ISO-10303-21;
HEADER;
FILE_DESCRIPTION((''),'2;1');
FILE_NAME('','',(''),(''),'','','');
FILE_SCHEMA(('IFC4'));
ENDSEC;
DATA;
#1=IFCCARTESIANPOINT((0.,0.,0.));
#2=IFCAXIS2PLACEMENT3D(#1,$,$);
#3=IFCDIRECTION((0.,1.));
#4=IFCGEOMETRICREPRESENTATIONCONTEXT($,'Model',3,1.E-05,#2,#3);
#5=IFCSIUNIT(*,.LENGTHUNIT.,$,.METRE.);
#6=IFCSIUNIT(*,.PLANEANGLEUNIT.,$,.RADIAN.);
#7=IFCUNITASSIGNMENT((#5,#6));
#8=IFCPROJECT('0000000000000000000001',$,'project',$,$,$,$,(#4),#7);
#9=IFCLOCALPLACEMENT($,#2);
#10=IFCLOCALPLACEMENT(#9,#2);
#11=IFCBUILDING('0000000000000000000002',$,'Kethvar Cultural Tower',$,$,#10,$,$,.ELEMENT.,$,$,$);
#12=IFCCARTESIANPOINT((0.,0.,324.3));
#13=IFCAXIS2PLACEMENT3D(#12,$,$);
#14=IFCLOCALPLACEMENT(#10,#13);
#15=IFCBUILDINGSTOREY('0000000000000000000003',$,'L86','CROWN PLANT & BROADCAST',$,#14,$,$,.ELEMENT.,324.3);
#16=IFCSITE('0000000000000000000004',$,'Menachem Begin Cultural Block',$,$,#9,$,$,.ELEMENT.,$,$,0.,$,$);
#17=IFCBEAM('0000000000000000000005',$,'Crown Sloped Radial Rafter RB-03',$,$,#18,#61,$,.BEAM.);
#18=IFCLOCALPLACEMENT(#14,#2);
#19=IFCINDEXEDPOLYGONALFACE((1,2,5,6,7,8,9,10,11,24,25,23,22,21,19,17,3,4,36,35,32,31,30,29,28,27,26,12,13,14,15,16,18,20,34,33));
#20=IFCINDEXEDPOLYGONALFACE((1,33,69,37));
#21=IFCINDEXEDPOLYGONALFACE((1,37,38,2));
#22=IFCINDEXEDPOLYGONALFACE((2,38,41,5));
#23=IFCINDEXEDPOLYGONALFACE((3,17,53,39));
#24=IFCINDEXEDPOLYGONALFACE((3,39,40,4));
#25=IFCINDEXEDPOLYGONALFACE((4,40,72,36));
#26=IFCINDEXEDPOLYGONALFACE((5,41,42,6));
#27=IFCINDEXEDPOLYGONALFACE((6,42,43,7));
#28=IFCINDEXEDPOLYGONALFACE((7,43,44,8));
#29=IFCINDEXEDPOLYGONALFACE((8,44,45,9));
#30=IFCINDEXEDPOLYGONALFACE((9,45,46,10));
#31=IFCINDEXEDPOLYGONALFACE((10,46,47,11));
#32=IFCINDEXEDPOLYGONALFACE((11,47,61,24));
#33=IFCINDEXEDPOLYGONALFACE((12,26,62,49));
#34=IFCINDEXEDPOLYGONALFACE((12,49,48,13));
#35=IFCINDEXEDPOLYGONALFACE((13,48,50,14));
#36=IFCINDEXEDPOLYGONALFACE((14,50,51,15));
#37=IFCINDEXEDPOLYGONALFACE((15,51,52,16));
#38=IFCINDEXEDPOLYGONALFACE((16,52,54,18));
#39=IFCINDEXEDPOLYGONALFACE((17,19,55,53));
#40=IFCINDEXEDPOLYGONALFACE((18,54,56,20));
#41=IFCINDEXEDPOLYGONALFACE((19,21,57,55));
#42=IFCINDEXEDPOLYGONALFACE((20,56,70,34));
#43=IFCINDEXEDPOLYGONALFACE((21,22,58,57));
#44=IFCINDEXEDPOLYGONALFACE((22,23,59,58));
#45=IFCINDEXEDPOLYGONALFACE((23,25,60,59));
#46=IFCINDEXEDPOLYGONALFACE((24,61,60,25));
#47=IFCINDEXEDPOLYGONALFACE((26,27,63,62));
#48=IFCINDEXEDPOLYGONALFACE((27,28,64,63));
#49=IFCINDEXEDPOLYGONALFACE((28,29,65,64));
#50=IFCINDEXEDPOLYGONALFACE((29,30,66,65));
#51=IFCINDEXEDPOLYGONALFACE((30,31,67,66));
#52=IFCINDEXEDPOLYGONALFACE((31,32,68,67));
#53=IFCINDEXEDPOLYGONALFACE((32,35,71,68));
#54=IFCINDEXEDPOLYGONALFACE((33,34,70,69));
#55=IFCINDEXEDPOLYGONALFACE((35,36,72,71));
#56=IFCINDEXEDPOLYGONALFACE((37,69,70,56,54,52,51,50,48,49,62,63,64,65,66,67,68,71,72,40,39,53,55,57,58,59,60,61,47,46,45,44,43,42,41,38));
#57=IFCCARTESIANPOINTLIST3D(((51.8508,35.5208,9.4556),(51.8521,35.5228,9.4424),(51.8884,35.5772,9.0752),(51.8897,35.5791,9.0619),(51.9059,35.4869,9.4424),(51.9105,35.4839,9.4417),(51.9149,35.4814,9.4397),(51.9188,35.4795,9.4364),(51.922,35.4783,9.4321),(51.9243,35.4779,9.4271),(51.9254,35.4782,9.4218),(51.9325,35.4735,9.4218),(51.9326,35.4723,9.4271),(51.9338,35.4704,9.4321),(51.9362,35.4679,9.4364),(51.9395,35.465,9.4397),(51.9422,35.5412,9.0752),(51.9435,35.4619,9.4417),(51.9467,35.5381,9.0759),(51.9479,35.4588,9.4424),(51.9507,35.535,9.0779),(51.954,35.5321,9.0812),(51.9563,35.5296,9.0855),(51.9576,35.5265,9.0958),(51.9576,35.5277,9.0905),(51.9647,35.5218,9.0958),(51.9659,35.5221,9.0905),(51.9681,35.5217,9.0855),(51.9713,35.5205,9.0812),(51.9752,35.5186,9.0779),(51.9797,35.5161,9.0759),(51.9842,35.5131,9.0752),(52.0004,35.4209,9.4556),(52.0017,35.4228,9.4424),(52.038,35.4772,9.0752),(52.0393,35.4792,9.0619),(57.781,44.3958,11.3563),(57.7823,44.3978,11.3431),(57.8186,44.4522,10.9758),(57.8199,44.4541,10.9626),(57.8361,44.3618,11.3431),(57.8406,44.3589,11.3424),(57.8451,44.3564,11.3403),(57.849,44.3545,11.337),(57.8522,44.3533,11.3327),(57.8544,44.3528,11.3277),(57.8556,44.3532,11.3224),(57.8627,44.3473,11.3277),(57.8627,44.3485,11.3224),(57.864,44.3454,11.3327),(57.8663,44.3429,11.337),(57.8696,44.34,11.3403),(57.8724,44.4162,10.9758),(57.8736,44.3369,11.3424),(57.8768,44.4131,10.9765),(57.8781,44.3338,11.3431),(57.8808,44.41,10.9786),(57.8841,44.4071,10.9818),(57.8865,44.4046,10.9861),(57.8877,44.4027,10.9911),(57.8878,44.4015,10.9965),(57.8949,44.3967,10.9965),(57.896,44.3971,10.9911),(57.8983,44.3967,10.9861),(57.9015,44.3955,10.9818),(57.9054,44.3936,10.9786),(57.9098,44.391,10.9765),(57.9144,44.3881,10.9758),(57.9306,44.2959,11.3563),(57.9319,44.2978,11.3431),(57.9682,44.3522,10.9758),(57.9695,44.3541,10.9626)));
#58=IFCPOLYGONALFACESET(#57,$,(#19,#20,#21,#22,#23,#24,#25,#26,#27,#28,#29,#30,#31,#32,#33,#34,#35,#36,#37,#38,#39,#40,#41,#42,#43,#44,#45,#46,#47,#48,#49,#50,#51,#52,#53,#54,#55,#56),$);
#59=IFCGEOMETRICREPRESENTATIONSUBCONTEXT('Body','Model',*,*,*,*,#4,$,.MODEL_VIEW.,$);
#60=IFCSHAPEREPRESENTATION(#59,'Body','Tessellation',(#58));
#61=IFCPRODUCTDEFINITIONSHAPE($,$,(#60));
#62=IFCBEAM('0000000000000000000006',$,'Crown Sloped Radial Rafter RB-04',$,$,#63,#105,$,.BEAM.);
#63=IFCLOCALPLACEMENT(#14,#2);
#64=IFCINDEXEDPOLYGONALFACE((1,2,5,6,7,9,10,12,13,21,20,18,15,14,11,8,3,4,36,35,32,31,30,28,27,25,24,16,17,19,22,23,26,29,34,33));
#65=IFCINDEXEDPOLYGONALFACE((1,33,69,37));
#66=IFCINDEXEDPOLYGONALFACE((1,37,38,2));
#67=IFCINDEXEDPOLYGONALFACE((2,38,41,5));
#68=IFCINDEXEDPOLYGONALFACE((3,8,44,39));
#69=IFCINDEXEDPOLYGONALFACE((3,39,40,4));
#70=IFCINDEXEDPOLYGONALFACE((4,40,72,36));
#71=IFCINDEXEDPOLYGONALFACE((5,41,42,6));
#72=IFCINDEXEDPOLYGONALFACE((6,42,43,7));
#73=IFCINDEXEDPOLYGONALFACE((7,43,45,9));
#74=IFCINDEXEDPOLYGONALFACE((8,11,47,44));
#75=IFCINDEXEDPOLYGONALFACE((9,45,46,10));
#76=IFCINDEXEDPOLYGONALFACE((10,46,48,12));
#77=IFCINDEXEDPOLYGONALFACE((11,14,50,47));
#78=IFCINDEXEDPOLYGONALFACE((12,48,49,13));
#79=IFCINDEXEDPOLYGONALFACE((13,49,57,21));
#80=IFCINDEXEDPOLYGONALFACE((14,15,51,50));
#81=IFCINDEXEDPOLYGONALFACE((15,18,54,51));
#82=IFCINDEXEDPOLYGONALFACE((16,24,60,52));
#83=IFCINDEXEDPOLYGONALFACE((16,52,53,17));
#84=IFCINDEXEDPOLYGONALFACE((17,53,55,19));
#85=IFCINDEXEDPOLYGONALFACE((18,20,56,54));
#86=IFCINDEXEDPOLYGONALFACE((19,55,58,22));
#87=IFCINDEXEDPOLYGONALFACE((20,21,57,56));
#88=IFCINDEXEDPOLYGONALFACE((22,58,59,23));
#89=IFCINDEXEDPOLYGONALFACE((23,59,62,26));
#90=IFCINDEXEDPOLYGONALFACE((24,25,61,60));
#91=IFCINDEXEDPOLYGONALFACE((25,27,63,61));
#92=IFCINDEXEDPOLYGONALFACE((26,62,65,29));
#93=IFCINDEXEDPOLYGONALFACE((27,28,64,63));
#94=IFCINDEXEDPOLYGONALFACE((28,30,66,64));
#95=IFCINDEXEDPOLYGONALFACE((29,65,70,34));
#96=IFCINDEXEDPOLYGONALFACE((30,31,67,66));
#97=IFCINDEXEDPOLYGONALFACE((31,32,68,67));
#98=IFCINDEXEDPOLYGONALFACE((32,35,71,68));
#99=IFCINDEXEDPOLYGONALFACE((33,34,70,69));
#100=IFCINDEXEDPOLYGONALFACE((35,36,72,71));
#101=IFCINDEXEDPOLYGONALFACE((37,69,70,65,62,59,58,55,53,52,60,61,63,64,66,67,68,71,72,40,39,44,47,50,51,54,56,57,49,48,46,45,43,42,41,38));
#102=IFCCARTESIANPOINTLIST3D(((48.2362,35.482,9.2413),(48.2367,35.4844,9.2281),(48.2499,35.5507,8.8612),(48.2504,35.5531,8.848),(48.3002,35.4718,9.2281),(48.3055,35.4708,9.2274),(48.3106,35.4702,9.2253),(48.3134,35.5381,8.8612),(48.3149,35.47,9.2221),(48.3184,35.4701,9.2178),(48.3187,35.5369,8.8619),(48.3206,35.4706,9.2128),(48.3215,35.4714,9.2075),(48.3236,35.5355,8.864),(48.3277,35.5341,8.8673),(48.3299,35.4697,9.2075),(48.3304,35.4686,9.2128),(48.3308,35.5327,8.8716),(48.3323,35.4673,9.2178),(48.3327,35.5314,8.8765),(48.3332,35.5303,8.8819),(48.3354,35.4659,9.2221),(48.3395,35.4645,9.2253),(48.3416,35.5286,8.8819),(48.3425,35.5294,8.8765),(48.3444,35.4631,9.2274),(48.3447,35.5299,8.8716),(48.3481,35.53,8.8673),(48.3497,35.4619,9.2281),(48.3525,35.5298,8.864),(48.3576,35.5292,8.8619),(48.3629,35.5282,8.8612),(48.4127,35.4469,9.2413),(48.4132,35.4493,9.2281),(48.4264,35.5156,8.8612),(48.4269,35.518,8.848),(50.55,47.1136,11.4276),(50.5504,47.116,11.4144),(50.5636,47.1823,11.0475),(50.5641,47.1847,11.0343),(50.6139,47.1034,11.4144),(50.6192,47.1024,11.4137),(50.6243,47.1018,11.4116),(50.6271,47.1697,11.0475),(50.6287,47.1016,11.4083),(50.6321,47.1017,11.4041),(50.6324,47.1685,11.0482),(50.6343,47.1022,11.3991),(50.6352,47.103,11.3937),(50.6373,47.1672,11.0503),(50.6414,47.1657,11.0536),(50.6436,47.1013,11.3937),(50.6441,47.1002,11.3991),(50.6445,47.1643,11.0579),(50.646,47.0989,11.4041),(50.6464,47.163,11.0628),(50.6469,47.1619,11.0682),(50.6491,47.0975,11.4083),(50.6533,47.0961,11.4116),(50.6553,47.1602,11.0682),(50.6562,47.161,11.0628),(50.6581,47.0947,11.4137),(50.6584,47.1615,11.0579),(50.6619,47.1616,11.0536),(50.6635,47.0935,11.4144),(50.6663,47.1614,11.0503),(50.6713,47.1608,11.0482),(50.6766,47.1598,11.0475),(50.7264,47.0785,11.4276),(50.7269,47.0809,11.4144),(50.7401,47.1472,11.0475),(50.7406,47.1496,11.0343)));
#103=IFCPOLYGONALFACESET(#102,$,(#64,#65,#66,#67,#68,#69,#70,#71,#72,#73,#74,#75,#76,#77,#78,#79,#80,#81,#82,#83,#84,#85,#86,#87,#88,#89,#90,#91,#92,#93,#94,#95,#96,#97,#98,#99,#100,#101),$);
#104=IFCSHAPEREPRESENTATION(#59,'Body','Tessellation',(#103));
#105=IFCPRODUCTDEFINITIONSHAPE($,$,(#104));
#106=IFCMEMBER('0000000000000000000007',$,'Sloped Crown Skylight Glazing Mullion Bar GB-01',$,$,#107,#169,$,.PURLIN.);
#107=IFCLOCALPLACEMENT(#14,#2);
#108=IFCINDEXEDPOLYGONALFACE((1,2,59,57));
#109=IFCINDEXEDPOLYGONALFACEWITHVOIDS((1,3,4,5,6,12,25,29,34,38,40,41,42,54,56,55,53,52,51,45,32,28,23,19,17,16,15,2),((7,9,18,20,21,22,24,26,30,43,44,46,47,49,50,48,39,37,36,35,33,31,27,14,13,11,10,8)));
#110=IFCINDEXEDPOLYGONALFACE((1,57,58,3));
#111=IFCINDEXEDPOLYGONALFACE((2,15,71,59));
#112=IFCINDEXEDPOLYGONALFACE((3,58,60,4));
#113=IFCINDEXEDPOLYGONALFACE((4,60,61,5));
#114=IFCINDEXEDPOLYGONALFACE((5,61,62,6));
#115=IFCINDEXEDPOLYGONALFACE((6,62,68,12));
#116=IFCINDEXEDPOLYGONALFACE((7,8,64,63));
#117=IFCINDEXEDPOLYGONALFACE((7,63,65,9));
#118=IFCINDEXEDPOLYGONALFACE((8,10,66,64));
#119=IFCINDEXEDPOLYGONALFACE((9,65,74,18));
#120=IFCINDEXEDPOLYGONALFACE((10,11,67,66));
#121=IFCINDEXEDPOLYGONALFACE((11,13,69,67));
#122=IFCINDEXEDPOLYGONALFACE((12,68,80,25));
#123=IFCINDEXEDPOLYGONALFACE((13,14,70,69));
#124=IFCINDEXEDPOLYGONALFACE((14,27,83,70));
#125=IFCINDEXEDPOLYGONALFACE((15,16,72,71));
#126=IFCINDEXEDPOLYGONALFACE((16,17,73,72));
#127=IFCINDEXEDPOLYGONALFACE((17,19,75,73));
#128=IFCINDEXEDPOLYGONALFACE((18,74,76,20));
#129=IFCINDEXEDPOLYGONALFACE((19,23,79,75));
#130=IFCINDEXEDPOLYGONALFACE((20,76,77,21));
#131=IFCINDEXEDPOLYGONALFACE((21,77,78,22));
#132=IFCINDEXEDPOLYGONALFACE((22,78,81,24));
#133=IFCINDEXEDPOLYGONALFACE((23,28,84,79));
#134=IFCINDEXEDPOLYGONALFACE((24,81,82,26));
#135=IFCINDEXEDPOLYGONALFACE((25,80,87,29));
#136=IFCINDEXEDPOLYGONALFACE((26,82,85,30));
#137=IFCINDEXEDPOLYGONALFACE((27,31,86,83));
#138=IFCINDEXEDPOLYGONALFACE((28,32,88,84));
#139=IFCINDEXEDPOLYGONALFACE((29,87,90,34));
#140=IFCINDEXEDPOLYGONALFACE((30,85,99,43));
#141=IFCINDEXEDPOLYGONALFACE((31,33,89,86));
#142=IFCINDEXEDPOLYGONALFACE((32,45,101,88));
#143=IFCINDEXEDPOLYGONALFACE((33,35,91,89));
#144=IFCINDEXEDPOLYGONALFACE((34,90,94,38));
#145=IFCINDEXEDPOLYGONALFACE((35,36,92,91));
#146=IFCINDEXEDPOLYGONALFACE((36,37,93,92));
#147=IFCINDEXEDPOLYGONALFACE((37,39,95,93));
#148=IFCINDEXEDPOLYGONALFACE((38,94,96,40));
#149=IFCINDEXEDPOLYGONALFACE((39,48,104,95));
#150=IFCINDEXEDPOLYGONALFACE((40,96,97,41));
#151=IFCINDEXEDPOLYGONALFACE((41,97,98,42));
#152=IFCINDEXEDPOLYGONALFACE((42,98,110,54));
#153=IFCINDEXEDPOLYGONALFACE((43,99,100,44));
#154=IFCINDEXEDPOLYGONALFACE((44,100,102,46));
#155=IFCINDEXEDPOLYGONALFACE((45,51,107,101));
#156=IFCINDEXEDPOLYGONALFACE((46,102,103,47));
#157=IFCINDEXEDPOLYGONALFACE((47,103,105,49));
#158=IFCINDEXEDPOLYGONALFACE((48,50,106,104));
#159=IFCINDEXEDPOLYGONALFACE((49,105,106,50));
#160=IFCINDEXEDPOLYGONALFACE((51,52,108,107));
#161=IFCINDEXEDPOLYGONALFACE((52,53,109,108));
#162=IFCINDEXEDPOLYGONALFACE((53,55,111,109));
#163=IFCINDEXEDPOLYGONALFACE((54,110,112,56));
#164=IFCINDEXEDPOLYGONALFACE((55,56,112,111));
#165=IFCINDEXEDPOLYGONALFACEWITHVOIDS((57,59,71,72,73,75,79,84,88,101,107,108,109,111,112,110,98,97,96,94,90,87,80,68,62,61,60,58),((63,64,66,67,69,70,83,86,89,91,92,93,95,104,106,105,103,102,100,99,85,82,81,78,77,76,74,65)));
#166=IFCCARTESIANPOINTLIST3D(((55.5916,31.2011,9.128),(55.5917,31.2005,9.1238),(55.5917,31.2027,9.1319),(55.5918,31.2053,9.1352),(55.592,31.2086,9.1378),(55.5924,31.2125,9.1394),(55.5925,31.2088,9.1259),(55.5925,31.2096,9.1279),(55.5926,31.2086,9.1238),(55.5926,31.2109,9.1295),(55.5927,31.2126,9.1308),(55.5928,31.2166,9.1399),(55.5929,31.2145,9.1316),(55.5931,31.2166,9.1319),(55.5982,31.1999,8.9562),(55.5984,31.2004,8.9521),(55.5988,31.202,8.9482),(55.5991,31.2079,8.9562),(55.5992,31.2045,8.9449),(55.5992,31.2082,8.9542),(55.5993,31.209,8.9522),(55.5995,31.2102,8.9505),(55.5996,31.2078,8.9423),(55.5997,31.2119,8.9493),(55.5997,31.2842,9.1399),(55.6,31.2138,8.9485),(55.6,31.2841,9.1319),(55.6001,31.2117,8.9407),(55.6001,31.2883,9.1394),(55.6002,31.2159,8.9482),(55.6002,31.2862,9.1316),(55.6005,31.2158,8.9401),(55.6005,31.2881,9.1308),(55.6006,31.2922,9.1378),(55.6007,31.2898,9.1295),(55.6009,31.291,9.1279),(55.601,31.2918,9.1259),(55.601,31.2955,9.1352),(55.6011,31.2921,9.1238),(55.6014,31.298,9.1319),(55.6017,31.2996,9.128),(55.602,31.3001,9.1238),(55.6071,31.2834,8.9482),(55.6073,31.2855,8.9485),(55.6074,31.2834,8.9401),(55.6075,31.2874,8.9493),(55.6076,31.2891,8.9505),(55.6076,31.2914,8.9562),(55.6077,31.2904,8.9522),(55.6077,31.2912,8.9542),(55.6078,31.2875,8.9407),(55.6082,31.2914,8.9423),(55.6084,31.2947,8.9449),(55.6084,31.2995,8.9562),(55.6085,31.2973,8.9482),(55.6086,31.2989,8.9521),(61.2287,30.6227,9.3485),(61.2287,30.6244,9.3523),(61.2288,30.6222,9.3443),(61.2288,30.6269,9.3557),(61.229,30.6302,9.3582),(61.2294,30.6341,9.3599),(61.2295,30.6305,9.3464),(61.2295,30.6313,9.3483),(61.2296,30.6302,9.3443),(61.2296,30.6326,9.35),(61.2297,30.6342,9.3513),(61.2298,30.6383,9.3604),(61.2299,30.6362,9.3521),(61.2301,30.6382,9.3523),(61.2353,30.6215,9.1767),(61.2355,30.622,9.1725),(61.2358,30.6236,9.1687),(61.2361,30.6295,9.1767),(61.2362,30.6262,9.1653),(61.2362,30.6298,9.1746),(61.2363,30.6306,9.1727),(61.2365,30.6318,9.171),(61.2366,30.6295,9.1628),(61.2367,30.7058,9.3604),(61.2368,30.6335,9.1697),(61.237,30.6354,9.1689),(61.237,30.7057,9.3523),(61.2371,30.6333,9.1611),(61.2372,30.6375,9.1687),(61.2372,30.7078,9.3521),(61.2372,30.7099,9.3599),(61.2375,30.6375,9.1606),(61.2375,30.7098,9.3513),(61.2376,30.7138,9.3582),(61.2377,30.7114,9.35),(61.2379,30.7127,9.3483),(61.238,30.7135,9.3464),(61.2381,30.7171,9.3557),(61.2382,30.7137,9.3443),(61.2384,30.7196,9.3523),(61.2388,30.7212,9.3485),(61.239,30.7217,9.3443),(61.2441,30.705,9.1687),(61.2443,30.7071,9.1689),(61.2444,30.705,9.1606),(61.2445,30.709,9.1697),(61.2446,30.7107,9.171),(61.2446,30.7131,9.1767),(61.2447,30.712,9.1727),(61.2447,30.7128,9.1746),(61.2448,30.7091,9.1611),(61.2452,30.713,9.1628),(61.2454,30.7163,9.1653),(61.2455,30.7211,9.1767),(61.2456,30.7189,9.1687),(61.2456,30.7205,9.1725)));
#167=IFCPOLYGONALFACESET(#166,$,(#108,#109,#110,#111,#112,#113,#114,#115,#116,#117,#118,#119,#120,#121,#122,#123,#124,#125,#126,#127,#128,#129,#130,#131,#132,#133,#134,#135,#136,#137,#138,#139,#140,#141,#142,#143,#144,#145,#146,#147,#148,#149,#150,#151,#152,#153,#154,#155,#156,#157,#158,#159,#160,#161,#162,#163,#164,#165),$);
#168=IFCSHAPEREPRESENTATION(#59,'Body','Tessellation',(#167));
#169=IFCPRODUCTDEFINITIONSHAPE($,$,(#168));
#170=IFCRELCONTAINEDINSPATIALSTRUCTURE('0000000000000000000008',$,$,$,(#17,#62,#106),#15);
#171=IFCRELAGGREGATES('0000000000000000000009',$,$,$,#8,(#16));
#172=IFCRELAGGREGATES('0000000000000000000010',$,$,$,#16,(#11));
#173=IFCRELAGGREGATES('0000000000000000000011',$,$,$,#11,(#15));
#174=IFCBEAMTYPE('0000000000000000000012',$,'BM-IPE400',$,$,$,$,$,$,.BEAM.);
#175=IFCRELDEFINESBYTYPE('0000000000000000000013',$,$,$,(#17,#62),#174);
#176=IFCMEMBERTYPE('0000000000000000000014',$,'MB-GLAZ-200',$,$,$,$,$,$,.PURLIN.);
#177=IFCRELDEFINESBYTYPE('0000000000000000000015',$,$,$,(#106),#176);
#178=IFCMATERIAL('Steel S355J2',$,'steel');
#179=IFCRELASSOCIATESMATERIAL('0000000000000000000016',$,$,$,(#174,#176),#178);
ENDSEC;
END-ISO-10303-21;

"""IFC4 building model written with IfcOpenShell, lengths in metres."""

from ifc_helpers import new_model, si_unit, direction, frame, origin, origin_2d, place, context, subcontext, project, spatial, hollow_rectangle, i_section, extrude, source, transform, mapped, material, material_profile, profile_set, type_object, element, save


model = new_model("IFC4")

# Units and contexts
model_context = context("Model", 3, precision=1e-05, world=origin(), true_north=direction((0.0, 1.0)))
body_context = subcontext(model_context, "Body", "Model", "MODEL_VIEW")
ifc_project = project(units=[si_unit("LENGTHUNIT", "METRE"), si_unit("PLANEANGLEUNIT", "RADIAN")], contexts=[model_context])

# Site, building, storey
site_placement = place(None, origin())
site = spatial("IfcSite", under=ifc_project, at=site_placement, Name="Menachem Begin Cultural Block", CompositionType="ELEMENT", RefElevation=0.0)
building_placement = place(site_placement, origin())
building = spatial("IfcBuilding", under=site, at=building_placement, Name="Kethvar Cultural Tower", CompositionType="ELEMENT")
storey_placement = place(building_placement, frame((0.0, 0.0, 324.3)))
storey = spatial("IfcBuildingStorey", under=building, at=storey_placement, Name="L86", Description="CROWN PLANT & BROADCAST", CompositionType="ELEMENT", Elevation=324.3)

# Beams
ifc_material_1 = material(Name="Steel S355J2", Category="steel")
ifc_material_profile_1 = material_profile(ifc_material_1, i_section(OverallWidth=0.1799, OverallDepth=0.3999, WebThickness=0.0085, FlangeThickness=0.0134, FilletRadius=0.021, at=origin_2d()), Name="Steel S355J2 — IPE400")
ifc_profile_set_1 = profile_set([ifc_material_profile_1], Name="Steel S355J2 — IPE400")
beam_type_1 = type_object("IfcBeamType", Name="BM-IPE400", PredefinedType="BEAM", material=ifc_profile_set_1)
shared_shape_1 = source(origin(), body_context, "Body", "SweptSolid", [
    extrude(i_section(OverallWidth=0.1799, OverallDepth=0.3999, WebThickness=0.0085, FlangeThickness=0.0134, FilletRadius=0.021, at=origin_2d()), origin(), (0.0, 0.0, 1.0), 10.8418),
])
beam_1_placement = place(storey_placement, frame((51.9451, 35.5, 9.2588), z_axis=(0.546972, 0.81859, 0.175306), x_axis=(-0.831466, 0.555576, 0.0)))
element("IfcBeam", 1, at=beam_1_placement, inside=storey, type_object=beam_type_1, Name="Crown Sloped Radial Rafter RB-03", PredefinedType="BEAM", context=body_context, shape_type="MappedRepresentation", body=[
    mapped(shared_shape_1, transform((0.0, 0.0, 0.0), scale=1.0)),
])
shared_shape_2 = source(origin(), body_context, "Body", "SweptSolid", [
    extrude(i_section(OverallWidth=0.1799, OverallDepth=0.3999, WebThickness=0.0085, FlangeThickness=0.0134, FilletRadius=0.021, at=origin_2d()), origin(), (0.0, 0.0, 1.0), 12.0593),
])
beam_2_placement = place(storey_placement, frame((48.3315, 35.5, 9.0447), z_axis=(0.191862, 0.964532, 0.181294), x_axis=(-0.980784, 0.195095, 0.0)))
element("IfcBeam", 2, at=beam_2_placement, inside=storey, type_object=beam_type_1, Name="Crown Sloped Radial Rafter RB-04", PredefinedType="BEAM", context=body_context, shape_type="MappedRepresentation", body=[
    mapped(shared_shape_2, transform((0.0, 0.0, 0.0), scale=1.0)),
])

# Member
ifc_material_profile_2 = material_profile(ifc_material_1, hollow_rectangle(XDim=0.1001, YDim=0.2, WallThickness=0.0081, InnerFilletRadius=0.0081, OuterFilletRadius=0.0161, at=origin_2d()), Name="Steel S355J2 — RHS200x100x8")
ifc_profile_set_2 = profile_set([ifc_material_profile_2], Name="Steel S355J2 — RHS200x100x8")
member_type_1 = type_object("IfcMemberType", Name="MB-GLAZ-200", PredefinedType="PURLIN", material=ifc_profile_set_2)
shared_shape_3 = source(origin(), body_context, "Body", "SweptSolid", [
    extrude(hollow_rectangle(XDim=0.1001, YDim=0.2, WallThickness=0.0081, InnerFilletRadius=0.0081, OuterFilletRadius=0.0161, at=origin_2d()), origin(), (0.0, 0.0, 1.0), 5.6709),
])
member_1_placement = place(storey_placement, frame((55.6001, 31.25, 9.04), z_axis=(0.994026, -0.10199, 0.038876), x_axis=(0.102067, 0.994778, 0.0)))
element("IfcMember", 3, at=member_1_placement, inside=storey, type_object=member_type_1, Name="Sloped Crown Skylight Glazing Mullion Bar GB-01", PredefinedType="PURLIN", context=body_context, shape_type="MappedRepresentation", body=[
    mapped(shared_shape_3, transform((0.0, 0.0, 0.0), scale=1.0)),
])

save(model, "model.ifc")
